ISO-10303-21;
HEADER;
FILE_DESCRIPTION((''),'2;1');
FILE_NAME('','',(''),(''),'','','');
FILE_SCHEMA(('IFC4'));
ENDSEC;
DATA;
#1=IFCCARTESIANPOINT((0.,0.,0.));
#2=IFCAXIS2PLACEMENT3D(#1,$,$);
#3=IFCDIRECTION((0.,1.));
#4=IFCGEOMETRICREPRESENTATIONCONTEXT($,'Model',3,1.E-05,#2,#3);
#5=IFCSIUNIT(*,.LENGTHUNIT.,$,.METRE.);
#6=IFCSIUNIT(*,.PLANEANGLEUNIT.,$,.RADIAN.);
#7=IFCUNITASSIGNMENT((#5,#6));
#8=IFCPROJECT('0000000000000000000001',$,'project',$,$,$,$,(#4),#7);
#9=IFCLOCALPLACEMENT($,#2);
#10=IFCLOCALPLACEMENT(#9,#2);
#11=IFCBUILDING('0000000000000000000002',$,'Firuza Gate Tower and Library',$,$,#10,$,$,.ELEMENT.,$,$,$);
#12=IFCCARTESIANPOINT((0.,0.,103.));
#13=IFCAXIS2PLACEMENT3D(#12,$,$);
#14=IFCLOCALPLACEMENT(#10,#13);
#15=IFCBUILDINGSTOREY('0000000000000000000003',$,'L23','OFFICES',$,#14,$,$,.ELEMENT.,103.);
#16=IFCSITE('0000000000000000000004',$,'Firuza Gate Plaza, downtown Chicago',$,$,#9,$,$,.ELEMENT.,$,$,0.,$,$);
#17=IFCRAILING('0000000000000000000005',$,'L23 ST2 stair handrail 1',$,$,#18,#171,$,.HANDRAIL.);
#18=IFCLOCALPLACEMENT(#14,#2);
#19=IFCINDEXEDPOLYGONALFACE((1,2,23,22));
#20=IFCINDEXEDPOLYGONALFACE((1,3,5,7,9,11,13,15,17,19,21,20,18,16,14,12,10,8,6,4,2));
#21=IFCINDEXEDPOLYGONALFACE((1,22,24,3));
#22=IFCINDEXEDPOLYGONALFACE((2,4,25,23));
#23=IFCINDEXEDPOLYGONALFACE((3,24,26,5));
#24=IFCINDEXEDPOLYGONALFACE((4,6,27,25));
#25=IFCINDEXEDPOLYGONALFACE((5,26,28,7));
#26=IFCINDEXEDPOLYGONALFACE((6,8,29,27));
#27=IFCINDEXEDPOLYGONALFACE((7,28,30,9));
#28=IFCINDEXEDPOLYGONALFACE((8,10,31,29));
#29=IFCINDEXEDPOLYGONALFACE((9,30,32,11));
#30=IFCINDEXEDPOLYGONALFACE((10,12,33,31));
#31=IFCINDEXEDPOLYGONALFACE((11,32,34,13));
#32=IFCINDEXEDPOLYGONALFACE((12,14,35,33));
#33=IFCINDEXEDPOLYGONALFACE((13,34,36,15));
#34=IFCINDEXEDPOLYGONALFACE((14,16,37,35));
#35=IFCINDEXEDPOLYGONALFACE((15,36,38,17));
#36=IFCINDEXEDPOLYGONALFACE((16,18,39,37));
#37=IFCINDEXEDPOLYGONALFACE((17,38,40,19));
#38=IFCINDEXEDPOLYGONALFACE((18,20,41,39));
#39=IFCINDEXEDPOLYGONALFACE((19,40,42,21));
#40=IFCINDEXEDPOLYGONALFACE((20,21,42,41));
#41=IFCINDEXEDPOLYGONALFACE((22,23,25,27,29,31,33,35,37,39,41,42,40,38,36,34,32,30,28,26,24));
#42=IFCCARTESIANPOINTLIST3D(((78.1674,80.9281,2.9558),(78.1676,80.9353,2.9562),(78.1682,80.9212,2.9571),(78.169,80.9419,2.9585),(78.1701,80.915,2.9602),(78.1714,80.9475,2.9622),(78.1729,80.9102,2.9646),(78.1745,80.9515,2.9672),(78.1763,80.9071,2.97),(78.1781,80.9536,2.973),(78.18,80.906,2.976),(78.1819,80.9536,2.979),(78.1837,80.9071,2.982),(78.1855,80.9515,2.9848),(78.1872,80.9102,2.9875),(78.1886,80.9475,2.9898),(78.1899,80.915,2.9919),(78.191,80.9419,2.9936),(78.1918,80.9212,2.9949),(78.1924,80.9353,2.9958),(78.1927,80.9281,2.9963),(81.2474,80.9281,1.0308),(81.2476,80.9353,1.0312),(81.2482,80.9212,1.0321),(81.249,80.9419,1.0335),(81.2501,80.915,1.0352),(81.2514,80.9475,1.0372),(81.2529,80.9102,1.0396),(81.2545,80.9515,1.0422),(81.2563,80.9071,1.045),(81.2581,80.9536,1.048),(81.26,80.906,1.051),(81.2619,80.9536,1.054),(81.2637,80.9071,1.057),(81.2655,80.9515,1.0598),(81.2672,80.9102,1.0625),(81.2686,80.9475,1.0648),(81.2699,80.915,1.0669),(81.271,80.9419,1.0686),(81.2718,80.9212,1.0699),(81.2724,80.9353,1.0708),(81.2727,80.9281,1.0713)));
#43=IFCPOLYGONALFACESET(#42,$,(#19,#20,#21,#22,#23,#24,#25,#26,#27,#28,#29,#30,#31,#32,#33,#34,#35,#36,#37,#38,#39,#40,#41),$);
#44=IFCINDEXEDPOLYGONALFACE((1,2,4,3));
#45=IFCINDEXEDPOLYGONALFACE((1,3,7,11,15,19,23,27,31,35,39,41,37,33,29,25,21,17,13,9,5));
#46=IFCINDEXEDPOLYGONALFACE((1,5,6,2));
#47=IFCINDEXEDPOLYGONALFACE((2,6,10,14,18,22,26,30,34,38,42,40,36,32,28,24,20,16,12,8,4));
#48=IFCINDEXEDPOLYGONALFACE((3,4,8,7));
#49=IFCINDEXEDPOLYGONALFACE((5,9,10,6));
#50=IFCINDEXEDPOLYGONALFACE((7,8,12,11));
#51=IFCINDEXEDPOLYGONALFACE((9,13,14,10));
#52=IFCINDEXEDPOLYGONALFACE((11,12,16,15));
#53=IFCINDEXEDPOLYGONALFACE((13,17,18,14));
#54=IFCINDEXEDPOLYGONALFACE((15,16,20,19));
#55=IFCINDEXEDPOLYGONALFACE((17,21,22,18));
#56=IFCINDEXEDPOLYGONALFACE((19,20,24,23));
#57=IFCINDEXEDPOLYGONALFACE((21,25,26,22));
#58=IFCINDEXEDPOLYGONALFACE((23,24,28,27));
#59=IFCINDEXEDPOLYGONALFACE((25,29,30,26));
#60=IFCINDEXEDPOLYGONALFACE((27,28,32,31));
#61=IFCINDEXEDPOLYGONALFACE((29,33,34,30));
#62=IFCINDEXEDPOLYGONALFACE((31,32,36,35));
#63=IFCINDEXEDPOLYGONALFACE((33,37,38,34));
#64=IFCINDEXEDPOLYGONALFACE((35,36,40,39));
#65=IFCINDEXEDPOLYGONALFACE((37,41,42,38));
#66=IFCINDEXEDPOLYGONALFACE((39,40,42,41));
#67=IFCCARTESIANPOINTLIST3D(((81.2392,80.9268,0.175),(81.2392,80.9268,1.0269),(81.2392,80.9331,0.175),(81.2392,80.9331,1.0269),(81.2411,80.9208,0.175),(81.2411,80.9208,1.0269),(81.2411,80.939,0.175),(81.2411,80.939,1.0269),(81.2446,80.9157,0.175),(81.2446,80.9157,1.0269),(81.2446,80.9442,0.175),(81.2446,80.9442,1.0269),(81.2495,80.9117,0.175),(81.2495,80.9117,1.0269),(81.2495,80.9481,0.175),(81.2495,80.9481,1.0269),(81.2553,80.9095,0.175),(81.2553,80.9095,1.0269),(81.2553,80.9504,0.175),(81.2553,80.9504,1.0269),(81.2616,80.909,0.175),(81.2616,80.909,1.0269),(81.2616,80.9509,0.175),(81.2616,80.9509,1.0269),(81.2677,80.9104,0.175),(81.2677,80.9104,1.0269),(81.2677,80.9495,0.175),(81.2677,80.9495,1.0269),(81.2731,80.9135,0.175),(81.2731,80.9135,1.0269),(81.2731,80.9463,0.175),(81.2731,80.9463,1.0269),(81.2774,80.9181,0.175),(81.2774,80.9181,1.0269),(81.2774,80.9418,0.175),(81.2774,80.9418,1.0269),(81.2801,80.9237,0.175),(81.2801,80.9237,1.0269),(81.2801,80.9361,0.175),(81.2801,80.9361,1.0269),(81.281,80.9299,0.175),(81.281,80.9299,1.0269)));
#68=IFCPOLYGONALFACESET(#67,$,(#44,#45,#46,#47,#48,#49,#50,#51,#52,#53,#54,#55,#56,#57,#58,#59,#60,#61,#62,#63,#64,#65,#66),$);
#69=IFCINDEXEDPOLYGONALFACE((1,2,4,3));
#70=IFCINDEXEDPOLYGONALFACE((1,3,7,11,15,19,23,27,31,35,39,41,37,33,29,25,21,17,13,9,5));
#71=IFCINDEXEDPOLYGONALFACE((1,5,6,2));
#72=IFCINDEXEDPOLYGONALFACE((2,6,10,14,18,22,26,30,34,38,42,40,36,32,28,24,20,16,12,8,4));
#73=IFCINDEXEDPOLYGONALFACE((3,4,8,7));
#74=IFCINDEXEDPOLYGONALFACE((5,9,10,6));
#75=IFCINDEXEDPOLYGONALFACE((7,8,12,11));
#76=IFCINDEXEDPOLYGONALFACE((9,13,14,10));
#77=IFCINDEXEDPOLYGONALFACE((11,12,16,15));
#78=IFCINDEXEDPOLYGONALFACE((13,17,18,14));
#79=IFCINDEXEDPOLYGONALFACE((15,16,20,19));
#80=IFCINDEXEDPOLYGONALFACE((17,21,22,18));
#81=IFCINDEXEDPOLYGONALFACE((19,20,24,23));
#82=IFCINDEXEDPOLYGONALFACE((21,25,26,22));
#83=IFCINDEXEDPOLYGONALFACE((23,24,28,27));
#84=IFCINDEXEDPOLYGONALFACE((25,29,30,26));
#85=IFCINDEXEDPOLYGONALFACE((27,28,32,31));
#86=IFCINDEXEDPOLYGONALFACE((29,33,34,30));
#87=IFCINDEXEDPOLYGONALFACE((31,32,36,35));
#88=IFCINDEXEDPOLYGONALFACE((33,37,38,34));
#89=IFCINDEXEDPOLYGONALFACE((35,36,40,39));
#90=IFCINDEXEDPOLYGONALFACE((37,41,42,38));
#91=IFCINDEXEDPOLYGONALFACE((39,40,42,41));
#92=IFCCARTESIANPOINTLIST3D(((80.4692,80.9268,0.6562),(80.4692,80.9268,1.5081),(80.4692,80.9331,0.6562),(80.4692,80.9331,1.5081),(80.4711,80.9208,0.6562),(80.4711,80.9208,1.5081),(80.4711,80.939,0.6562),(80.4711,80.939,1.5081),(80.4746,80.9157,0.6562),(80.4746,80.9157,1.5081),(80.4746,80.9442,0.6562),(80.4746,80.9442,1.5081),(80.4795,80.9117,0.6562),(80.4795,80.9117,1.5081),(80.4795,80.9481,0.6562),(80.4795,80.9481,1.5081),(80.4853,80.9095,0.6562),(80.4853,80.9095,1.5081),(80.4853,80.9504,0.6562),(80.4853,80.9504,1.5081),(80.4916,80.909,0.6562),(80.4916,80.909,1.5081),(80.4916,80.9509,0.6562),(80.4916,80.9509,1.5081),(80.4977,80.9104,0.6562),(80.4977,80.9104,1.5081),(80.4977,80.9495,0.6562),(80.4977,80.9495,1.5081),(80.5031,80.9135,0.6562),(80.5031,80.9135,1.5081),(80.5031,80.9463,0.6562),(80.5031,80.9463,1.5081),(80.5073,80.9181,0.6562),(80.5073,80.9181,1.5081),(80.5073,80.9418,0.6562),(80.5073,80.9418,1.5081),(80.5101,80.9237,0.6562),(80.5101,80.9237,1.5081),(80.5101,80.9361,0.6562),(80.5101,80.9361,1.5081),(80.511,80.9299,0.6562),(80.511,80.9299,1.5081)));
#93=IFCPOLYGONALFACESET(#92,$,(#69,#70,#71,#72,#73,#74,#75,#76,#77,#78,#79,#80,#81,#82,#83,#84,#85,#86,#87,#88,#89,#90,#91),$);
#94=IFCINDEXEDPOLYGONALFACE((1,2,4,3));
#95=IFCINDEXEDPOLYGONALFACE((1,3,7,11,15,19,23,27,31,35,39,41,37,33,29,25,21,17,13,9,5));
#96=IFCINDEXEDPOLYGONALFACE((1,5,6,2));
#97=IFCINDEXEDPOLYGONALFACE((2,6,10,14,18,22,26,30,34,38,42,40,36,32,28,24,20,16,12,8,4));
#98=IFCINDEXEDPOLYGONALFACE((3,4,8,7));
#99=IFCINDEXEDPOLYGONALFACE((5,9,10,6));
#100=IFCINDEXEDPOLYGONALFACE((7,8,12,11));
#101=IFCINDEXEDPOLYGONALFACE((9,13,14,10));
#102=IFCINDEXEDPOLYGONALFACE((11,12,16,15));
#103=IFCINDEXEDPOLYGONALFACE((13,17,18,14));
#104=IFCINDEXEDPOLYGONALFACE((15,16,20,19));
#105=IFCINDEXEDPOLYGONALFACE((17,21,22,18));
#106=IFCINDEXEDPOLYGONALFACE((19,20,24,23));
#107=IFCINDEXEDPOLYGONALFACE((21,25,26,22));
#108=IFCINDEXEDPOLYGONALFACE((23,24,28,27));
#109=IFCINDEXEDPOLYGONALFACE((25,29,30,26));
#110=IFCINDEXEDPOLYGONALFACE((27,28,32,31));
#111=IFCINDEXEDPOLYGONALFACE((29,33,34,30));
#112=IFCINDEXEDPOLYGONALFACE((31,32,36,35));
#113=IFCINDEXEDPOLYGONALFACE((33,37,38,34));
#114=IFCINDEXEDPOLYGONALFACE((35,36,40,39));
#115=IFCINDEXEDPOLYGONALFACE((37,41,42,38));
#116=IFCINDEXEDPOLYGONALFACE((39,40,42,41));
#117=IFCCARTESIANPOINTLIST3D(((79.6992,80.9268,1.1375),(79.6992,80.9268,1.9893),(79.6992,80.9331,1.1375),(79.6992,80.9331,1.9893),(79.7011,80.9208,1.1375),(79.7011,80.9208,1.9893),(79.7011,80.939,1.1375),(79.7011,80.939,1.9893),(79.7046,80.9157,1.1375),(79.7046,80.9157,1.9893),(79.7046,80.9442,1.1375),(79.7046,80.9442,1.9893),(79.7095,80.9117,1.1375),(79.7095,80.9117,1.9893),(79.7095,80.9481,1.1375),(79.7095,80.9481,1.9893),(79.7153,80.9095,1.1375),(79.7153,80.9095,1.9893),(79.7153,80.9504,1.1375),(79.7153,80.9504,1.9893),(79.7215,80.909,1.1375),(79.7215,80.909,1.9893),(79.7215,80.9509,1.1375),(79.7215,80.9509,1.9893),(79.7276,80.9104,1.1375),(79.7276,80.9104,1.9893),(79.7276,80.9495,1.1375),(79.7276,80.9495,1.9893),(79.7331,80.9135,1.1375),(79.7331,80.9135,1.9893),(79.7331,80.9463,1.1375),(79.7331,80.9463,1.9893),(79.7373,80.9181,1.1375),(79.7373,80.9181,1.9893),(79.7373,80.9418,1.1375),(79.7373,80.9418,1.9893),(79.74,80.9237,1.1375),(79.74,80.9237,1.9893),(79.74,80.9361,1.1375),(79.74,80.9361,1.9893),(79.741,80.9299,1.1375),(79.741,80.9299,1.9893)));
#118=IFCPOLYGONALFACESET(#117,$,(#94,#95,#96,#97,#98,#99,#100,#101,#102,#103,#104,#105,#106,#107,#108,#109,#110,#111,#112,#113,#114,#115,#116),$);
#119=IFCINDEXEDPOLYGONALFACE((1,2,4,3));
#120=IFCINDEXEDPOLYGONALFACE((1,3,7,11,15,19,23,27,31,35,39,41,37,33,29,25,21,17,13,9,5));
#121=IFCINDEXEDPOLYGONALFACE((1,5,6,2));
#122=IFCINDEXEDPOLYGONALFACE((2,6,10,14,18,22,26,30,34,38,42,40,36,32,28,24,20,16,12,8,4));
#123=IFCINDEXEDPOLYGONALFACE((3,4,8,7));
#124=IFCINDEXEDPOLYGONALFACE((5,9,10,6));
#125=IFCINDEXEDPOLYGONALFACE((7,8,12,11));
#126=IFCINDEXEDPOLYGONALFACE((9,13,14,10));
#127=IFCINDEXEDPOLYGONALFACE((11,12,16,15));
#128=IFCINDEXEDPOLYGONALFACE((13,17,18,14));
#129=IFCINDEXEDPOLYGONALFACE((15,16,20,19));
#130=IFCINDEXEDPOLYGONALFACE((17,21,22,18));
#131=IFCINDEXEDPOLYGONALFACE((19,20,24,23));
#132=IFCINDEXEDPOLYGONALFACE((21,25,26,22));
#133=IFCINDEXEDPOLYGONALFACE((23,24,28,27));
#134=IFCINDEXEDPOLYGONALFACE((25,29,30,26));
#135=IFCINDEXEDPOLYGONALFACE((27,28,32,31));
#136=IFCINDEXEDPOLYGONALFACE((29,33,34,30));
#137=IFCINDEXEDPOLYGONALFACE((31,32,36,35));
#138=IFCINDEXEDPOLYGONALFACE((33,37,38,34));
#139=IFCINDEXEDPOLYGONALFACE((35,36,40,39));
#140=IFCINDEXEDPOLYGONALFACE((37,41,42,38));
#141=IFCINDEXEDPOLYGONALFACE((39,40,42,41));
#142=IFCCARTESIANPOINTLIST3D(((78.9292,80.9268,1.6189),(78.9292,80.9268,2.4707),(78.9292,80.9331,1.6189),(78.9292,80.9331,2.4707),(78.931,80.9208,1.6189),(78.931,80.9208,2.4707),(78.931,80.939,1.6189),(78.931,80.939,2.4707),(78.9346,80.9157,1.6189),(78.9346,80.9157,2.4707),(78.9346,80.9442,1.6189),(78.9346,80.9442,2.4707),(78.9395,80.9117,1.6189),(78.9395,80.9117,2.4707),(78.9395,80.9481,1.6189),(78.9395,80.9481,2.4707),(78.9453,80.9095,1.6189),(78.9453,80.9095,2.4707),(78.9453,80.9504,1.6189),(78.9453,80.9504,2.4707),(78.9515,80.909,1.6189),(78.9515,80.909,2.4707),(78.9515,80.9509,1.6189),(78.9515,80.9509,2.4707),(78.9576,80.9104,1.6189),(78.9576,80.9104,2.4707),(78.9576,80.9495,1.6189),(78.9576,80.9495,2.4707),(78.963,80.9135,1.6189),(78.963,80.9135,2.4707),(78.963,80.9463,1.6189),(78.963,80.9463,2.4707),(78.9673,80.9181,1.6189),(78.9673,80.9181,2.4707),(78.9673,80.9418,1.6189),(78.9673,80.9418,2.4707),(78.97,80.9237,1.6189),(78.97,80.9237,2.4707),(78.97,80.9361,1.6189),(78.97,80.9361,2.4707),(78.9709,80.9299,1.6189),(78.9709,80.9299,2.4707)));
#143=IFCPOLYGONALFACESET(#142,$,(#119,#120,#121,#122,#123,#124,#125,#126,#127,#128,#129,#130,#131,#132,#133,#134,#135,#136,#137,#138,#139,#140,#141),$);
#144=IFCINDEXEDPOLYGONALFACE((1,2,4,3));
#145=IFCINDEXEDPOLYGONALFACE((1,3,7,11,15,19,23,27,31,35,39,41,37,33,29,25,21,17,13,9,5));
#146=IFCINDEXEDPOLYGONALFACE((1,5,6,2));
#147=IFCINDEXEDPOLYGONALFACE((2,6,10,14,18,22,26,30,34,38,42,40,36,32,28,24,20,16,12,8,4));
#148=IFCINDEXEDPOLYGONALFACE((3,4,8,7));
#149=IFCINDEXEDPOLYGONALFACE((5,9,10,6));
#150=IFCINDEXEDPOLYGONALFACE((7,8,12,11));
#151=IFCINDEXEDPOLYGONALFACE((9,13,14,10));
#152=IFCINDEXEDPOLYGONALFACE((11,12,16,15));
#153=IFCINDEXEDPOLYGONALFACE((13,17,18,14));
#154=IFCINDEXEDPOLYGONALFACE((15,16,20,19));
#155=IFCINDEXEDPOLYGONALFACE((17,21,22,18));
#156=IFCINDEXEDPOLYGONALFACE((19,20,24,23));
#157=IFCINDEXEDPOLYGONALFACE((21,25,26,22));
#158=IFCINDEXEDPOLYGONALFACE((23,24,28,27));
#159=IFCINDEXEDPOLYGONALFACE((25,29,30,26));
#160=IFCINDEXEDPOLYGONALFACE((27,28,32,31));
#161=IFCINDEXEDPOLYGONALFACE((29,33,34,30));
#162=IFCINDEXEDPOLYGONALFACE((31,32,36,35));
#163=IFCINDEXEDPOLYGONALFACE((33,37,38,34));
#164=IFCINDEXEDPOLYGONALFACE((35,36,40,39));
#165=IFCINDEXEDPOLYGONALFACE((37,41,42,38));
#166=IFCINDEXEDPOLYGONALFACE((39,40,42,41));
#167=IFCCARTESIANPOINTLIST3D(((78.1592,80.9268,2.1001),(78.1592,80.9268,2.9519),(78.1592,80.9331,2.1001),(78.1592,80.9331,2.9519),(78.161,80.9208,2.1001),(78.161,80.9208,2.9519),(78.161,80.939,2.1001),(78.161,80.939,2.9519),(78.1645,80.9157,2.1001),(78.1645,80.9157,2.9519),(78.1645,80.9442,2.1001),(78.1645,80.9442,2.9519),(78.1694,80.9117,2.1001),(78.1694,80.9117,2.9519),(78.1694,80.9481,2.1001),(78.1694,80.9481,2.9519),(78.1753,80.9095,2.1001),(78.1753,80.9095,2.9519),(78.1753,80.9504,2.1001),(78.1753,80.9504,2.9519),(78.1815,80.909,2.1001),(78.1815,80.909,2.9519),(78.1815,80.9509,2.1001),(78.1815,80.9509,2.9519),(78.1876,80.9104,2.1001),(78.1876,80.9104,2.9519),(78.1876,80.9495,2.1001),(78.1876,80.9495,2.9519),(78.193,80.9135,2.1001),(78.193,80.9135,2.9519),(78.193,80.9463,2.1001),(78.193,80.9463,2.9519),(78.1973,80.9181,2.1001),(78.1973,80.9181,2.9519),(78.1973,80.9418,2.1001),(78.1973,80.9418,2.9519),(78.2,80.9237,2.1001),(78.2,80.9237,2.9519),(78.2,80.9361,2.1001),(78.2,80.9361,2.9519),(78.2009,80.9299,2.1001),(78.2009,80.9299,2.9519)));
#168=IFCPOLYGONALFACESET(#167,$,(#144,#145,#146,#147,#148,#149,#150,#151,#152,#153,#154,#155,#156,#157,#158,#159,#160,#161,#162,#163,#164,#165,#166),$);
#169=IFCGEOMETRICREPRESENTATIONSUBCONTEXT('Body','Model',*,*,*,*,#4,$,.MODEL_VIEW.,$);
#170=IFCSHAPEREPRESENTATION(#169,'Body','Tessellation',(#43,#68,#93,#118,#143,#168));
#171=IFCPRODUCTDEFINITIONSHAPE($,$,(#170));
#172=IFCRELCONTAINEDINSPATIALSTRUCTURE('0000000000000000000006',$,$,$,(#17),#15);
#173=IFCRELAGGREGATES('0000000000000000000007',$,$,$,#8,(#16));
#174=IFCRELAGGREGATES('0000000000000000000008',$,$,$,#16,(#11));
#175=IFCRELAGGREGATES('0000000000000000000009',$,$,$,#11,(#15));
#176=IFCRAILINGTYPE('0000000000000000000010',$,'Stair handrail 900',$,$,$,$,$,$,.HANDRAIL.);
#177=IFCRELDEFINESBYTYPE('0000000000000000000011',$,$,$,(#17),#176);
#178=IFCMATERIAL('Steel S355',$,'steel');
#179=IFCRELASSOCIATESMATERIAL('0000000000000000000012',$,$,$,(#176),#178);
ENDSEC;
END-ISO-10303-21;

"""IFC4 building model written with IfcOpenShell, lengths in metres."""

from ifc_helpers import new_model, si_unit, direction, frame, origin, origin_2d, place, context, subcontext, project, spatial, circle, extrude, material, type_object, element, save


model = new_model("IFC4")

# Units and contexts
model_context = context("Model", 3, precision=1e-05, world=origin(), true_north=direction((0.0, 1.0)))
body_context = subcontext(model_context, "Body", "Model", "MODEL_VIEW")
ifc_project = project(units=[si_unit("LENGTHUNIT", "METRE"), si_unit("PLANEANGLEUNIT", "RADIAN")], contexts=[model_context])

# Site, building, storey
site_placement = place(None, origin())
site = spatial("IfcSite", under=ifc_project, at=site_placement, Name="Firuza Gate Plaza, downtown Chicago", CompositionType="ELEMENT", RefElevation=0.0)
building_placement = place(site_placement, origin())
building = spatial("IfcBuilding", under=site, at=building_placement, Name="Firuza Gate Tower and Library", CompositionType="ELEMENT")
storey_placement = place(building_placement, frame((0.0, 0.0, 103.0)))
storey = spatial("IfcBuildingStorey", under=building, at=storey_placement, Name="L23", Description="OFFICES", CompositionType="ELEMENT", Elevation=103.0)

# Railing
ifc_material_1 = material(Name="Steel S355", Category="steel")
railing_type_1 = type_object("IfcRailingType", Name="Stair handrail 900", PredefinedType="HANDRAIL", material=ifc_material_1)
railing_1_placement = place(storey_placement, frame((81.26, 80.9299, 0.175)))
element("IfcRailing", 1, at=railing_1_placement, inside=storey, type_object=railing_type_1, Name="L23 ST2 stair handrail 1", PredefinedType="HANDRAIL", context=body_context, shape_type="SweptSolid", body=[
    extrude(circle(Radius=0.0239, at=origin_2d()), frame((0.0, 0.0, 0.876), z_axis=(-0.847998, 0.0, 0.529999), x_axis=(0.0, -1.0, 0.0)), (0.0, 0.0, 1.0), 3.6321),
    extrude(circle(Radius=0.021, at=origin_2d()), origin(), (0.0, 0.0, 1.0), 0.8518),
    extrude(circle(Radius=0.021, at=origin_2d()), frame((-0.77, 0.0, 0.4812)), (0.0, 0.0, 1.0), 0.8518),
    extrude(circle(Radius=0.021, at=origin_2d()), frame((-1.54, 0.0, 0.9624)), (0.0, 0.0, 1.0), 0.8518),
    extrude(circle(Radius=0.021, at=origin_2d()), frame((-2.3101, 0.0, 1.4438)), (0.0, 0.0, 1.0), 0.8518),
    extrude(circle(Radius=0.021, at=origin_2d()), frame((-3.0801, 0.0, 1.925)), (0.0, 0.0, 1.0), 0.8518),
])

save(model, "model.ifc")
